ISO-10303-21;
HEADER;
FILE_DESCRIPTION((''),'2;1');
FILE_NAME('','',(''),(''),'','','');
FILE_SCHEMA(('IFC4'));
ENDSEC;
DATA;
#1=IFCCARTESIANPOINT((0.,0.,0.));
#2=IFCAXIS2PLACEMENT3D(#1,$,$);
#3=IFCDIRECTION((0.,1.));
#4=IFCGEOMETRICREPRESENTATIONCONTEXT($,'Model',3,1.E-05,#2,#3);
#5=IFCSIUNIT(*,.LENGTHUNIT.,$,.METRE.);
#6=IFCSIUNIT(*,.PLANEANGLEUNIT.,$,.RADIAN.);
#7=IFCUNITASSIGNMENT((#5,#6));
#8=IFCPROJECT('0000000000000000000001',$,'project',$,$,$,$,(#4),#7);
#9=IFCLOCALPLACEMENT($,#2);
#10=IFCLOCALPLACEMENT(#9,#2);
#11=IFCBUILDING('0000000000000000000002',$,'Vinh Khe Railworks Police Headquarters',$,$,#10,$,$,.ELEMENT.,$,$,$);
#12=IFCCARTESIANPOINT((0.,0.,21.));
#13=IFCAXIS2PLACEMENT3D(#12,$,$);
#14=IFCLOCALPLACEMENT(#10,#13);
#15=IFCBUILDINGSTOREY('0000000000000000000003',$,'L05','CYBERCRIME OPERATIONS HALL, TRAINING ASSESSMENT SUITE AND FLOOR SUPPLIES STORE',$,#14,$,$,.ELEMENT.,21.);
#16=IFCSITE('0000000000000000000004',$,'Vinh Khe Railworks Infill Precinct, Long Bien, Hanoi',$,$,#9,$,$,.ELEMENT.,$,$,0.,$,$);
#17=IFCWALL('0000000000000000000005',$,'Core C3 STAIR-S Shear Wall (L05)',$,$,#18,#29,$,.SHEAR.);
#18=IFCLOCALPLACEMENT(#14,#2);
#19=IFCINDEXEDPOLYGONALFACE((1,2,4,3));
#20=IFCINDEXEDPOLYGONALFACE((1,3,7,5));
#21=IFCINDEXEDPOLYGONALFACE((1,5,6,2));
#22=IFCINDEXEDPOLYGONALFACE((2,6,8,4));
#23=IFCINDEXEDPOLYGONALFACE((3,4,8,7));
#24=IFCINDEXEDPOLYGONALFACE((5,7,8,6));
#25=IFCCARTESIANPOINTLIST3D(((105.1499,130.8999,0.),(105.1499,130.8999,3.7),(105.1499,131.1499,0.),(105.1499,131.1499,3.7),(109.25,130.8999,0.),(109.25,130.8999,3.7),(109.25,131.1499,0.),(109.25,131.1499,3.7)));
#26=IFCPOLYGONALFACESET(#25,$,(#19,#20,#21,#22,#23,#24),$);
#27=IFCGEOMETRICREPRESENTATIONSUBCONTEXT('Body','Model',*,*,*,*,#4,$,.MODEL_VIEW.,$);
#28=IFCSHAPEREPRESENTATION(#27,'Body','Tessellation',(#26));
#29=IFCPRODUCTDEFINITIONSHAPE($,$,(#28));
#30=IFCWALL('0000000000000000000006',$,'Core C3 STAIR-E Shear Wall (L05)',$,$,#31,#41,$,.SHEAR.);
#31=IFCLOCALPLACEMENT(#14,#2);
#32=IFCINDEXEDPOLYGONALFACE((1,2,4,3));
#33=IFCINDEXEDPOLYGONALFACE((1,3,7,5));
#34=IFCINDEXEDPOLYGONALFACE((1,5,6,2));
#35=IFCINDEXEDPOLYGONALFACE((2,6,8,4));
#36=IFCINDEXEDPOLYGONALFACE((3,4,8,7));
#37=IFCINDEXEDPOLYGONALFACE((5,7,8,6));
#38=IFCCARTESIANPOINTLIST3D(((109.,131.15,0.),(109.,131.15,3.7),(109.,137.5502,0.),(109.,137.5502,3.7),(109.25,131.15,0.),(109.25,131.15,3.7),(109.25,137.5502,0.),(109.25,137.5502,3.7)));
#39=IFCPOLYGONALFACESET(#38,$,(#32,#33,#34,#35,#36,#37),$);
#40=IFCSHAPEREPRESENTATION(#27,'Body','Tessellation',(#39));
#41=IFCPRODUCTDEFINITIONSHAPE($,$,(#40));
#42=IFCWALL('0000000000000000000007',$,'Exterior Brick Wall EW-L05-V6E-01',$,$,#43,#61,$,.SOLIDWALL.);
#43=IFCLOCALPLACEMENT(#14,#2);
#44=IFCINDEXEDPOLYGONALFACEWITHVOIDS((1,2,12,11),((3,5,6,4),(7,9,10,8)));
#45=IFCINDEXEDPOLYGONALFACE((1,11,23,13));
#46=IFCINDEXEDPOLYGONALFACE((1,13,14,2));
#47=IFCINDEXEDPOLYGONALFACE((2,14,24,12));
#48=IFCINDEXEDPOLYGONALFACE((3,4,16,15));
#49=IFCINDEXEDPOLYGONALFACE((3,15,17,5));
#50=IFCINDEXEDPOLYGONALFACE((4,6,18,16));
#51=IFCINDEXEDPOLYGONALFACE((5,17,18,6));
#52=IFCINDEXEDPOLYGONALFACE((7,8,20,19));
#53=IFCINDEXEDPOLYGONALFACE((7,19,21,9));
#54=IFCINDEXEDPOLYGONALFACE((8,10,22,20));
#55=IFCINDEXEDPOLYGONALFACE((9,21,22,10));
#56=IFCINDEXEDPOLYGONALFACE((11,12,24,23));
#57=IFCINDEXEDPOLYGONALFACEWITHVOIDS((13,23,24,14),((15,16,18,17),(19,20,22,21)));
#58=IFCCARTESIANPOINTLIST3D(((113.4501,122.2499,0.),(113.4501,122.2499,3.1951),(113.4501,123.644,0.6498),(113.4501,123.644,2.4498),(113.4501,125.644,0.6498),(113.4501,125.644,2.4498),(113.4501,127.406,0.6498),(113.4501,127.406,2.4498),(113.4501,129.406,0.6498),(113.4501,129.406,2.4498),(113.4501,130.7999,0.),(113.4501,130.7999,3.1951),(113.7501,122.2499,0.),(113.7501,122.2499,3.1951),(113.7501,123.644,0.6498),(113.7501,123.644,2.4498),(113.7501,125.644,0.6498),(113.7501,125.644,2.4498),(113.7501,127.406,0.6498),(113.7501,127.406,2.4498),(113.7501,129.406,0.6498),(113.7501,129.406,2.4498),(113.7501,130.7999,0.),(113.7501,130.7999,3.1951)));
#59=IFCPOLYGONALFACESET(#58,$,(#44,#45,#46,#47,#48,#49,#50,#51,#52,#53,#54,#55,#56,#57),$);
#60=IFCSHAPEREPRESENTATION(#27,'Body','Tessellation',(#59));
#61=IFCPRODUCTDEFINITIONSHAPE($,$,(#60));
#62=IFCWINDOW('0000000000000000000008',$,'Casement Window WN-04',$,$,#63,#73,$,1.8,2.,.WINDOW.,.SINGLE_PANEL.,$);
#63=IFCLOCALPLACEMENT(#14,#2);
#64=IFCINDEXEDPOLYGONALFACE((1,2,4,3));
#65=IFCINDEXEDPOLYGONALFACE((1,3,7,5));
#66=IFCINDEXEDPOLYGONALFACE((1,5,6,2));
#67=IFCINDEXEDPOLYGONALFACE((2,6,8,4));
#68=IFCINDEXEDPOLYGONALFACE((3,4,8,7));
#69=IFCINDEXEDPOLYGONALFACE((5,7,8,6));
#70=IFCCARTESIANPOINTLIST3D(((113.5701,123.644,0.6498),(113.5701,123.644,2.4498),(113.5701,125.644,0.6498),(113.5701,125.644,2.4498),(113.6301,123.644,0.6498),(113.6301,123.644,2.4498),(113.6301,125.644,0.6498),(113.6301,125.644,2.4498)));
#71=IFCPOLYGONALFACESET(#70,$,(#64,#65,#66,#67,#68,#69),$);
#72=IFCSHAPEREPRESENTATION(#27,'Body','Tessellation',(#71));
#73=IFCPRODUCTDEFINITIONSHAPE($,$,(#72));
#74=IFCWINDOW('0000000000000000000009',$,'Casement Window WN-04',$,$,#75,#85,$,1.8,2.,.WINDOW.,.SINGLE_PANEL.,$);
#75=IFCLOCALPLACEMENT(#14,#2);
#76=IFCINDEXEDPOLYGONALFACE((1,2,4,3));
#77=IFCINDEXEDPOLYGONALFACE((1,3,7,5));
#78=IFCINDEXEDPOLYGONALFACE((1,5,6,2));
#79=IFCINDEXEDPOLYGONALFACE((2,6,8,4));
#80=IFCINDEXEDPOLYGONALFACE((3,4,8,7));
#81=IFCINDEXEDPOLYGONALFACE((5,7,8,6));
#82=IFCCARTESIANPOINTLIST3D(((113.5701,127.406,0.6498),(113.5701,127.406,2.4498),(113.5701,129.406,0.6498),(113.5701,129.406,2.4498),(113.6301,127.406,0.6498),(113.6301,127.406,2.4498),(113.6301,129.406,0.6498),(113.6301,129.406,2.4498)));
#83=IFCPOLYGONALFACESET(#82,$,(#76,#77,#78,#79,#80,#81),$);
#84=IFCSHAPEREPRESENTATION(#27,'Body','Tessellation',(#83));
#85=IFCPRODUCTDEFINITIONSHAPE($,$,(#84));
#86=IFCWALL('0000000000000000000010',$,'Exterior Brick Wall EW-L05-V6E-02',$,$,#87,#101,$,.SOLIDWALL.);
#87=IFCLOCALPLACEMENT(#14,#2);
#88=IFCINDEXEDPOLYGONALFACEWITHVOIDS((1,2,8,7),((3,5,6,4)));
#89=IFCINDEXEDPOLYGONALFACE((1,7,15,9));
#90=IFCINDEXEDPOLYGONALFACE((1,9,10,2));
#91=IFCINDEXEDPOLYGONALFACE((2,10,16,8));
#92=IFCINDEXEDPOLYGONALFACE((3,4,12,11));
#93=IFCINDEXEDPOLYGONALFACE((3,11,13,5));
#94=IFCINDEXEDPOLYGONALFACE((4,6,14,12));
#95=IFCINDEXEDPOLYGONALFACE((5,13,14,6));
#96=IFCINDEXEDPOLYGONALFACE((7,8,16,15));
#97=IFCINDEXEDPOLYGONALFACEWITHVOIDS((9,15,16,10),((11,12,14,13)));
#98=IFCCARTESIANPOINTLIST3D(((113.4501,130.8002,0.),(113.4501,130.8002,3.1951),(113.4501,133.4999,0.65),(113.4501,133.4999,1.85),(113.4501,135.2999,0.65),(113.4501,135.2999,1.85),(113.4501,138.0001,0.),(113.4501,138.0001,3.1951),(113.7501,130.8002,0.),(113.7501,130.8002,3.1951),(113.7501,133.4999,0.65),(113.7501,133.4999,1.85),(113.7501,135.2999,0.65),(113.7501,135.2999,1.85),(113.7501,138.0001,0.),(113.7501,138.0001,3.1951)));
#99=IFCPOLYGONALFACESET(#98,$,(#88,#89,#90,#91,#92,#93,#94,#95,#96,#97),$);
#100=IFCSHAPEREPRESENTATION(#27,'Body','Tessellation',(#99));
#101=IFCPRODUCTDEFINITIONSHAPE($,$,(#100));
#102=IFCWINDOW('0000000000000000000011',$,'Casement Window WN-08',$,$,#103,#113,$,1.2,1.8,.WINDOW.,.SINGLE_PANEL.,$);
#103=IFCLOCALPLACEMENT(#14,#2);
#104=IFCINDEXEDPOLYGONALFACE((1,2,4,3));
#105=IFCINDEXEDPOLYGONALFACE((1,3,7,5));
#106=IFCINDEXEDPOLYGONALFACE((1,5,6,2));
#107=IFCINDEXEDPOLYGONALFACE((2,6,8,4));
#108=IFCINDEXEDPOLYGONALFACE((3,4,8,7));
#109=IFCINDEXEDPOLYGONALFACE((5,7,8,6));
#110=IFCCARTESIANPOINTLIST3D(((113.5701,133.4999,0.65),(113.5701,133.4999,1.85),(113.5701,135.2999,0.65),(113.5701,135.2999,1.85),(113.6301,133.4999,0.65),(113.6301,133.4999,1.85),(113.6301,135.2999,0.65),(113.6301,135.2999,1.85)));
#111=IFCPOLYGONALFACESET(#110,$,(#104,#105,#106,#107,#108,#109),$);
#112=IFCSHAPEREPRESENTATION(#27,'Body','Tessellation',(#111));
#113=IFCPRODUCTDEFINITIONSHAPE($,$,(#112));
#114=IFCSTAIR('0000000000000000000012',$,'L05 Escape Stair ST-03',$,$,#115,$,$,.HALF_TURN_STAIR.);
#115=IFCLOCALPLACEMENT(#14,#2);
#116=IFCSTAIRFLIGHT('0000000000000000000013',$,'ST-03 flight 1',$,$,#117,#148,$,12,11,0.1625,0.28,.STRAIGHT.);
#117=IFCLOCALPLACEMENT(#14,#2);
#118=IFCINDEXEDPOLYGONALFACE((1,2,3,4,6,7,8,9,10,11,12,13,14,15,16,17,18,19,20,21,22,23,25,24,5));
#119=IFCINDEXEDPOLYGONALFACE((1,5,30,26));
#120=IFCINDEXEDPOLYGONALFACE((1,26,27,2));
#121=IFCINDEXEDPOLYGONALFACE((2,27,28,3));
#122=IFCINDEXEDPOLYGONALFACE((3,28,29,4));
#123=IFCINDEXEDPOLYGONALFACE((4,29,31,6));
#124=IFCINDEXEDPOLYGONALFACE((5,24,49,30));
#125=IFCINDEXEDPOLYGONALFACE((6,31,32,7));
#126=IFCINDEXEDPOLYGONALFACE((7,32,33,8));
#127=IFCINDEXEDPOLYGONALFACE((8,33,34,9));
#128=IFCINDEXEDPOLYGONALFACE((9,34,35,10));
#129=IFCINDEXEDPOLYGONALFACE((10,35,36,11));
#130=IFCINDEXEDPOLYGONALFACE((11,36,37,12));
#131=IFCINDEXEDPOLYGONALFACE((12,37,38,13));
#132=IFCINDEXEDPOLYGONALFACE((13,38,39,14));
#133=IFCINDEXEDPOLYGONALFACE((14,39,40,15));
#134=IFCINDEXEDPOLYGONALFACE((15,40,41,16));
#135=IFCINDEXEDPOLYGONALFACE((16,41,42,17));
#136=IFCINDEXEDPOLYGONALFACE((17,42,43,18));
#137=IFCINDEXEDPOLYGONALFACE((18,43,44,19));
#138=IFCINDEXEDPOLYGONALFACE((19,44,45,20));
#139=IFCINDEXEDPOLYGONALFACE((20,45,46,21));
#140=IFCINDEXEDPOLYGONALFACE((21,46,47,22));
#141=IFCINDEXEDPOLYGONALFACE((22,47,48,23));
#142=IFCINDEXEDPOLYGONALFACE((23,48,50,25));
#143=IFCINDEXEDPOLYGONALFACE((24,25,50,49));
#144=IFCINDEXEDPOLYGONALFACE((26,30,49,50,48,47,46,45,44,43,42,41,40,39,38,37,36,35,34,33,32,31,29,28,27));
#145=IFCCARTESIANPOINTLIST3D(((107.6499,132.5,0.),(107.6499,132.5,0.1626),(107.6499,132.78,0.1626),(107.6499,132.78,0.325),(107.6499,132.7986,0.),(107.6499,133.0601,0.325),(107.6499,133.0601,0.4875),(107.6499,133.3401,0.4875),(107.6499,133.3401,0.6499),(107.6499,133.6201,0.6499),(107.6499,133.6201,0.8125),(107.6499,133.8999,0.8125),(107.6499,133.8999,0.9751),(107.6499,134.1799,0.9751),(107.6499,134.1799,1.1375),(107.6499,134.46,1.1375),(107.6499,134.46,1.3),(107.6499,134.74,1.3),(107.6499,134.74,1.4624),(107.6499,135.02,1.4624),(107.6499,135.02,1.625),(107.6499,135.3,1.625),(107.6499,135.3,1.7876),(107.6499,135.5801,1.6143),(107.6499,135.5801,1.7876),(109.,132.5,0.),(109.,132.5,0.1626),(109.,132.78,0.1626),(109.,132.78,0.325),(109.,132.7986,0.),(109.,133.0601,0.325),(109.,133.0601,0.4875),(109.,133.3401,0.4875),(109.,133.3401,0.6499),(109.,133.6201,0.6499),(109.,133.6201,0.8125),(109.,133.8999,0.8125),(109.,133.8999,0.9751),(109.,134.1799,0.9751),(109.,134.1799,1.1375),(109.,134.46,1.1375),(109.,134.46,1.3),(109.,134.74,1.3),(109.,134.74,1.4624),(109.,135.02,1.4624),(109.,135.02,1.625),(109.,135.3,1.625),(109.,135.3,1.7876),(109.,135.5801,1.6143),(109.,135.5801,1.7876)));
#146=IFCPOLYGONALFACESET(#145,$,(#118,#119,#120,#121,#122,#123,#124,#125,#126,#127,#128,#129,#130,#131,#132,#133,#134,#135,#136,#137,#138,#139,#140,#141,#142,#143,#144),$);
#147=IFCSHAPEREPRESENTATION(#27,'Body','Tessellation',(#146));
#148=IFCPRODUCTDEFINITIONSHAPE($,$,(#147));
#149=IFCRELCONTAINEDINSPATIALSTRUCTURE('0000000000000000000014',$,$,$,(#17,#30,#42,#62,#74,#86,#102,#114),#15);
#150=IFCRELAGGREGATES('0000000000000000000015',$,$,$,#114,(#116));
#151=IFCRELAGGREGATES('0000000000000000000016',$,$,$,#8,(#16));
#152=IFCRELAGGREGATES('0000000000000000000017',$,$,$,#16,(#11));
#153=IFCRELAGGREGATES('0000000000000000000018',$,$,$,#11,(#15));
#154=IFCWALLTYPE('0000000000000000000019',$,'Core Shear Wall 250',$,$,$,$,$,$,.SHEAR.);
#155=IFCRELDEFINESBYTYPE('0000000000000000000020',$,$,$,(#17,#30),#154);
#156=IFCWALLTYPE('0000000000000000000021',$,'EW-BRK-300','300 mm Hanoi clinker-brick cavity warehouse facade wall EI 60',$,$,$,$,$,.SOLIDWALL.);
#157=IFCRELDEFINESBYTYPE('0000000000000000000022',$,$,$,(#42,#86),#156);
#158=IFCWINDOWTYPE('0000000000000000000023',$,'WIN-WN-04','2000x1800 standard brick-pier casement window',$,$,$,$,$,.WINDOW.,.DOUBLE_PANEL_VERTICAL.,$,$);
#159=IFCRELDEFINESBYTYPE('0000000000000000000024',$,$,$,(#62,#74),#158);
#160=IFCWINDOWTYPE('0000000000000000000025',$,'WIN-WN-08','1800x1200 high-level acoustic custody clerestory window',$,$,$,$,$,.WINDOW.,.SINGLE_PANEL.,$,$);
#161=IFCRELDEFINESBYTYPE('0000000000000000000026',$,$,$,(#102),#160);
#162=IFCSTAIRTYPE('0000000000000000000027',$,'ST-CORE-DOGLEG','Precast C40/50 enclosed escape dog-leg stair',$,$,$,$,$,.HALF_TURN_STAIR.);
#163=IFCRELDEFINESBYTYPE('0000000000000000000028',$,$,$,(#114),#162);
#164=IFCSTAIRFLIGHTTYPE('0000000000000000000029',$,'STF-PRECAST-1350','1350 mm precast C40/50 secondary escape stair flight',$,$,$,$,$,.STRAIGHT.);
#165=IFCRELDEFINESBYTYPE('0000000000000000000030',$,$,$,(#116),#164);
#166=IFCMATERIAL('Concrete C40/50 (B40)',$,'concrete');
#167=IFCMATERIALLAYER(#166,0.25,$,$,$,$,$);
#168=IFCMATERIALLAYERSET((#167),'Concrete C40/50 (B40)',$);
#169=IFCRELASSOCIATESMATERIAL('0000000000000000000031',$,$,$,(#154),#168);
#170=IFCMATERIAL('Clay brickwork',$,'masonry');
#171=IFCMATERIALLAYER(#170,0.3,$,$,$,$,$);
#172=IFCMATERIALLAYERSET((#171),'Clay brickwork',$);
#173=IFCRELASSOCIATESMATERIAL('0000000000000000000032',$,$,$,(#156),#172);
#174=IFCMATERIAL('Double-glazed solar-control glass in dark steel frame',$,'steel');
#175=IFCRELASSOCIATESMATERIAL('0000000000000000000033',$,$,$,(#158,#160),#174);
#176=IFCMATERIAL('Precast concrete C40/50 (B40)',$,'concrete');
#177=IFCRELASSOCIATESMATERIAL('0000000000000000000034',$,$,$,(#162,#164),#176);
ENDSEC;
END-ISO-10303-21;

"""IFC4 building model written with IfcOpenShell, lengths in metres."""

from ifc_helpers import new_model, si_unit, direction, frame, frame_2d, origin, place, context, subcontext, project, spatial, polyline, rectangle, outline, extrude, material, layer, layer_set, type_object, element, fill, aggregate, save


model = new_model("IFC4")

# Units and contexts
model_context = context("Model", 3, precision=1e-05, world=origin(), true_north=direction((0.0, 1.0)))
body_context = subcontext(model_context, "Body", "Model", "MODEL_VIEW")
ifc_project = project(units=[si_unit("LENGTHUNIT", "METRE"), si_unit("PLANEANGLEUNIT", "RADIAN")], contexts=[model_context])

# Site, building, storey
site_placement = place(None, origin())
site = spatial("IfcSite", under=ifc_project, at=site_placement, Name="Vinh Khe Railworks Infill Precinct, Long Bien, Hanoi", CompositionType="ELEMENT", RefElevation=0.0)
building_placement = place(site_placement, origin())
building = spatial("IfcBuilding", under=site, at=building_placement, Name="Vinh Khe Railworks Police Headquarters", CompositionType="ELEMENT")
storey_placement = place(building_placement, frame((0.0, 0.0, 21.0)))
storey = spatial("IfcBuildingStorey", under=building, at=storey_placement, Name="L05", Description="CYBERCRIME OPERATIONS HALL, TRAINING ASSESSMENT SUITE AND FLOOR SUPPLIES STORE", CompositionType="ELEMENT", Elevation=21.0)

# Wall
ifc_material_1 = material(Name="Concrete C40/50 (B40)", Category="concrete")
ifc_layer_1 = layer(ifc_material_1, 0.25)
ifc_layer_set_1 = layer_set([ifc_layer_1], Name="Concrete C40/50 (B40)")
wall_type_1 = type_object("IfcWallType", Name="Core Shear Wall 250", PredefinedType="SHEAR", material=ifc_layer_set_1)
wall_1_placement = place(storey_placement, frame((105.1499, 131.0249, 0.0), z_axis=(0.0, 0.0, 1.0), x_axis=(1.0, 0.0, 0.0)))
element("IfcWall", 1, at=wall_1_placement, inside=storey, type_object=wall_type_1, Name="Core C3 STAIR-S Shear Wall (L05)", PredefinedType="SHEAR", context=body_context, shape_type="SweptSolid", body=[
    extrude(rectangle(XDim=4.1001, YDim=0.25, at=frame_2d((2.05, 0.0))), origin(), (0.0, 0.0, 1.0), 3.7),
])

# Wall
wall_2_placement = place(storey_placement, frame((109.125, 131.1499, 0.0), z_axis=(0.0, 0.0, 1.0), x_axis=(0.0, 1.0, 0.0)))
element("IfcWall", 2, at=wall_2_placement, inside=storey, type_object=wall_type_1, Name="Core C3 STAIR-E Shear Wall (L05)", PredefinedType="SHEAR", context=body_context, shape_type="SweptSolid", body=[
    extrude(rectangle(XDim=6.4001, YDim=0.25, at=frame_2d((3.2002, 0.0))), origin(), (0.0, 0.0, 1.0), 3.7),
])

# Wall, openings, windows
ifc_material_2 = material(Name="Clay brickwork", Category="masonry")
ifc_layer_2 = layer(ifc_material_2, 0.3)
ifc_layer_set_2 = layer_set([ifc_layer_2], Name="Clay brickwork")
wall_type_2 = type_object("IfcWallType", Name="EW-BRK-300", Description="300 mm Hanoi clinker-brick cavity warehouse facade wall EI 60", PredefinedType="SOLIDWALL", material=ifc_layer_set_2)
wall_3_placement = place(storey_placement, frame((113.6001, 122.25, 0.0), z_axis=(0.0, 0.0, 1.0), x_axis=(0.0, 1.0, 0.0)))
wall_3 = element("IfcWall", 3, at=wall_3_placement, inside=storey, type_object=wall_type_2, Name="Exterior Brick Wall EW-L05-V6E-01", PredefinedType="SOLIDWALL", context=body_context, shape_type="SweptSolid", body=[
    extrude(rectangle(XDim=8.55, YDim=0.3, at=frame_2d((4.2749, 0.0))), origin(), (0.0, 0.0, 1.0), 3.1951),
])
opening_1_placement = place(wall_3_placement, frame((1.394, 0.0, 0.6499)))
opening_1 = element("IfcOpeningElement", 4, at=opening_1_placement, cuts=wall_3, PredefinedType="OPENING", context=body_context, shape_type="SweptSolid", body=[
    extrude(rectangle(XDim=2.0, YDim=1.8, at=frame_2d((1.0, 0.8999))), frame((0.0, 0.165, 0.0), z_axis=(0.0, -1.0, 0.0), x_axis=(1.0, 0.0, 0.0)), (0.0, 0.0, 1.0), 0.3298),
])
opening_2_placement = place(wall_3_placement, frame((5.156, 0.0, 0.6499)))
opening_2 = element("IfcOpeningElement", 5, at=opening_2_placement, cuts=wall_3, PredefinedType="OPENING", context=body_context, shape_type="SweptSolid", body=[
    extrude(rectangle(XDim=2.0, YDim=1.8, at=frame_2d((1.0, 0.8999))), frame((0.0, 0.165, 0.0), z_axis=(0.0, -1.0, 0.0), x_axis=(1.0, 0.0, 0.0)), (0.0, 0.0, 1.0), 0.3298),
])
ifc_material_3 = material(Name="Double-glazed solar-control glass in dark steel frame", Category="steel")
window_type_1 = type_object("IfcWindowType", Name="WIN-WN-04", Description="2000x1800 standard brick-pier casement window", PartitioningType="DOUBLE_PANEL_VERTICAL", PredefinedType="WINDOW", material=ifc_material_3)
window_1_placement = place(opening_1_placement, origin())
window_1 = element("IfcWindow", 6, at=window_1_placement, inside=storey, type_object=window_type_1, Name="Casement Window WN-04", OverallHeight=1.8, OverallWidth=2.0, PartitioningType="SINGLE_PANEL", PredefinedType="WINDOW", context=body_context, shape_type="SweptSolid", body=[
    extrude(rectangle(XDim=2.0, YDim=1.8, at=frame_2d((1.0, 0.8999))), frame((0.0, 0.03, 0.0), z_axis=(0.0, -1.0, 0.0), x_axis=(1.0, 0.0, 0.0)), (0.0, 0.0, 1.0), 0.0601),
])
fill(opening_1, window_1)
window_2_placement = place(opening_2_placement, origin())
window_2 = element("IfcWindow", 7, at=window_2_placement, inside=storey, type_object=window_type_1, Name="Casement Window WN-04", OverallHeight=1.8, OverallWidth=2.0, PartitioningType="SINGLE_PANEL", PredefinedType="WINDOW", context=body_context, shape_type="SweptSolid", body=[
    extrude(rectangle(XDim=2.0, YDim=1.8, at=frame_2d((1.0, 0.8999))), frame((0.0, 0.03, 0.0), z_axis=(0.0, -1.0, 0.0), x_axis=(1.0, 0.0, 0.0)), (0.0, 0.0, 1.0), 0.0601),
])
fill(opening_2, window_2)

# Wall, opening, window
wall_4_placement = place(storey_placement, frame((113.6001, 130.8, 0.0), z_axis=(0.0, 0.0, 1.0), x_axis=(0.0, 1.0, 0.0)))
wall_4 = element("IfcWall", 8, at=wall_4_placement, inside=storey, type_object=wall_type_2, Name="Exterior Brick Wall EW-L05-V6E-02", PredefinedType="SOLIDWALL", context=body_context, shape_type="SweptSolid", body=[
    extrude(rectangle(XDim=7.2, YDim=0.3, at=frame_2d((3.6001, 0.0))), origin(), (0.0, 0.0, 1.0), 3.1951),
])
opening_3_placement = place(wall_4_placement, frame((2.7, 0.0, 0.6499)))
opening_3 = element("IfcOpeningElement", 9, at=opening_3_placement, cuts=wall_4, PredefinedType="OPENING", context=body_context, shape_type="SweptSolid", body=[
    extrude(rectangle(XDim=1.8, YDim=1.2, at=frame_2d((0.8999, 0.6001))), frame((0.0, 0.165, 0.0), z_axis=(0.0, -1.0, 0.0), x_axis=(1.0, 0.0, 0.0)), (0.0, 0.0, 1.0), 0.3298),
])
window_type_2 = type_object("IfcWindowType", Name="WIN-WN-08", Description="1800x1200 high-level acoustic custody clerestory window", PartitioningType="SINGLE_PANEL", PredefinedType="WINDOW", material=ifc_material_3)
window_3_placement = place(opening_3_placement, origin())
window_3 = element("IfcWindow", 10, at=window_3_placement, inside=storey, type_object=window_type_2, Name="Casement Window WN-08", OverallHeight=1.2, OverallWidth=1.8, PartitioningType="SINGLE_PANEL", PredefinedType="WINDOW", context=body_context, shape_type="SweptSolid", body=[
    extrude(rectangle(XDim=1.8, YDim=1.2, at=frame_2d((0.8999, 0.6001))), frame((0.0, 0.03, 0.0), z_axis=(0.0, -1.0, 0.0), x_axis=(1.0, 0.0, 0.0)), (0.0, 0.0, 1.0), 0.0601),
])
fill(opening_3, window_3)

# Stair, stair flight
ifc_material_4 = material(Name="Precast concrete C40/50 (B40)", Category="concrete")
stair_type = type_object("IfcStairType", Name="ST-CORE-DOGLEG", Description="Precast C40/50 enclosed escape dog-leg stair", PredefinedType="HALF_TURN_STAIR", material=ifc_material_4)
stair_placement = place(storey_placement, origin())
stair = element("IfcStair", 11, at=stair_placement, inside=storey, type_object=stair_type, Name="L05 Escape Stair ST-03", PredefinedType="HALF_TURN_STAIR")
stair_flight_type = type_object("IfcStairFlightType", Name="STF-PRECAST-1350", Description="1350 mm precast C40/50 secondary escape stair flight", PredefinedType="STRAIGHT", material=ifc_material_4)
stair_flight_placement = place(storey_placement, frame((108.325, 132.5, 0.0), z_axis=(0.0, 0.0, 1.0), x_axis=(0.0, 1.0, 0.0)))
stair_flight = element("IfcStairFlight", 12, at=stair_flight_placement, type_object=stair_flight_type, Name="ST-03 flight 1", NumberOfRisers=12, NumberOfTreads=11, PredefinedType="STRAIGHT", RiserHeight=0.1625, TreadLength=0.28, context=body_context, shape_type="SweptSolid", body=[
    extrude(outline(polyline([(0.0, 0.0), (0.0, 0.1626), (0.28, 0.1626), (0.28, 0.325), (0.5601, 0.325), (0.5601, 0.4875), (0.8401, 0.4875), (0.8401, 0.6499), (1.1201, 0.6499), (1.1201, 0.8125), (1.3999, 0.8125), (1.3999, 0.9751), (1.6799, 0.9751), (1.6799, 1.1375), (1.96, 1.1375), (1.96, 1.3), (2.24, 1.3), (2.24, 1.4624), (2.52, 1.4624), (2.52, 1.625), (2.8, 1.625), (2.8, 1.7876), (3.0801, 1.7876), (3.0801, 1.95), (3.0801, 1.6143), (0.2986, 0.0), (0.0, 0.0)])), frame((0.0, 0.675, 0.0), z_axis=(0.0, -1.0, 0.0), x_axis=(1.0, 0.0, 0.0)), (0.0, 0.0, 1.0), 1.3501),
])
aggregate(stair, [stair_flight])

save(model, "model.ifc")
